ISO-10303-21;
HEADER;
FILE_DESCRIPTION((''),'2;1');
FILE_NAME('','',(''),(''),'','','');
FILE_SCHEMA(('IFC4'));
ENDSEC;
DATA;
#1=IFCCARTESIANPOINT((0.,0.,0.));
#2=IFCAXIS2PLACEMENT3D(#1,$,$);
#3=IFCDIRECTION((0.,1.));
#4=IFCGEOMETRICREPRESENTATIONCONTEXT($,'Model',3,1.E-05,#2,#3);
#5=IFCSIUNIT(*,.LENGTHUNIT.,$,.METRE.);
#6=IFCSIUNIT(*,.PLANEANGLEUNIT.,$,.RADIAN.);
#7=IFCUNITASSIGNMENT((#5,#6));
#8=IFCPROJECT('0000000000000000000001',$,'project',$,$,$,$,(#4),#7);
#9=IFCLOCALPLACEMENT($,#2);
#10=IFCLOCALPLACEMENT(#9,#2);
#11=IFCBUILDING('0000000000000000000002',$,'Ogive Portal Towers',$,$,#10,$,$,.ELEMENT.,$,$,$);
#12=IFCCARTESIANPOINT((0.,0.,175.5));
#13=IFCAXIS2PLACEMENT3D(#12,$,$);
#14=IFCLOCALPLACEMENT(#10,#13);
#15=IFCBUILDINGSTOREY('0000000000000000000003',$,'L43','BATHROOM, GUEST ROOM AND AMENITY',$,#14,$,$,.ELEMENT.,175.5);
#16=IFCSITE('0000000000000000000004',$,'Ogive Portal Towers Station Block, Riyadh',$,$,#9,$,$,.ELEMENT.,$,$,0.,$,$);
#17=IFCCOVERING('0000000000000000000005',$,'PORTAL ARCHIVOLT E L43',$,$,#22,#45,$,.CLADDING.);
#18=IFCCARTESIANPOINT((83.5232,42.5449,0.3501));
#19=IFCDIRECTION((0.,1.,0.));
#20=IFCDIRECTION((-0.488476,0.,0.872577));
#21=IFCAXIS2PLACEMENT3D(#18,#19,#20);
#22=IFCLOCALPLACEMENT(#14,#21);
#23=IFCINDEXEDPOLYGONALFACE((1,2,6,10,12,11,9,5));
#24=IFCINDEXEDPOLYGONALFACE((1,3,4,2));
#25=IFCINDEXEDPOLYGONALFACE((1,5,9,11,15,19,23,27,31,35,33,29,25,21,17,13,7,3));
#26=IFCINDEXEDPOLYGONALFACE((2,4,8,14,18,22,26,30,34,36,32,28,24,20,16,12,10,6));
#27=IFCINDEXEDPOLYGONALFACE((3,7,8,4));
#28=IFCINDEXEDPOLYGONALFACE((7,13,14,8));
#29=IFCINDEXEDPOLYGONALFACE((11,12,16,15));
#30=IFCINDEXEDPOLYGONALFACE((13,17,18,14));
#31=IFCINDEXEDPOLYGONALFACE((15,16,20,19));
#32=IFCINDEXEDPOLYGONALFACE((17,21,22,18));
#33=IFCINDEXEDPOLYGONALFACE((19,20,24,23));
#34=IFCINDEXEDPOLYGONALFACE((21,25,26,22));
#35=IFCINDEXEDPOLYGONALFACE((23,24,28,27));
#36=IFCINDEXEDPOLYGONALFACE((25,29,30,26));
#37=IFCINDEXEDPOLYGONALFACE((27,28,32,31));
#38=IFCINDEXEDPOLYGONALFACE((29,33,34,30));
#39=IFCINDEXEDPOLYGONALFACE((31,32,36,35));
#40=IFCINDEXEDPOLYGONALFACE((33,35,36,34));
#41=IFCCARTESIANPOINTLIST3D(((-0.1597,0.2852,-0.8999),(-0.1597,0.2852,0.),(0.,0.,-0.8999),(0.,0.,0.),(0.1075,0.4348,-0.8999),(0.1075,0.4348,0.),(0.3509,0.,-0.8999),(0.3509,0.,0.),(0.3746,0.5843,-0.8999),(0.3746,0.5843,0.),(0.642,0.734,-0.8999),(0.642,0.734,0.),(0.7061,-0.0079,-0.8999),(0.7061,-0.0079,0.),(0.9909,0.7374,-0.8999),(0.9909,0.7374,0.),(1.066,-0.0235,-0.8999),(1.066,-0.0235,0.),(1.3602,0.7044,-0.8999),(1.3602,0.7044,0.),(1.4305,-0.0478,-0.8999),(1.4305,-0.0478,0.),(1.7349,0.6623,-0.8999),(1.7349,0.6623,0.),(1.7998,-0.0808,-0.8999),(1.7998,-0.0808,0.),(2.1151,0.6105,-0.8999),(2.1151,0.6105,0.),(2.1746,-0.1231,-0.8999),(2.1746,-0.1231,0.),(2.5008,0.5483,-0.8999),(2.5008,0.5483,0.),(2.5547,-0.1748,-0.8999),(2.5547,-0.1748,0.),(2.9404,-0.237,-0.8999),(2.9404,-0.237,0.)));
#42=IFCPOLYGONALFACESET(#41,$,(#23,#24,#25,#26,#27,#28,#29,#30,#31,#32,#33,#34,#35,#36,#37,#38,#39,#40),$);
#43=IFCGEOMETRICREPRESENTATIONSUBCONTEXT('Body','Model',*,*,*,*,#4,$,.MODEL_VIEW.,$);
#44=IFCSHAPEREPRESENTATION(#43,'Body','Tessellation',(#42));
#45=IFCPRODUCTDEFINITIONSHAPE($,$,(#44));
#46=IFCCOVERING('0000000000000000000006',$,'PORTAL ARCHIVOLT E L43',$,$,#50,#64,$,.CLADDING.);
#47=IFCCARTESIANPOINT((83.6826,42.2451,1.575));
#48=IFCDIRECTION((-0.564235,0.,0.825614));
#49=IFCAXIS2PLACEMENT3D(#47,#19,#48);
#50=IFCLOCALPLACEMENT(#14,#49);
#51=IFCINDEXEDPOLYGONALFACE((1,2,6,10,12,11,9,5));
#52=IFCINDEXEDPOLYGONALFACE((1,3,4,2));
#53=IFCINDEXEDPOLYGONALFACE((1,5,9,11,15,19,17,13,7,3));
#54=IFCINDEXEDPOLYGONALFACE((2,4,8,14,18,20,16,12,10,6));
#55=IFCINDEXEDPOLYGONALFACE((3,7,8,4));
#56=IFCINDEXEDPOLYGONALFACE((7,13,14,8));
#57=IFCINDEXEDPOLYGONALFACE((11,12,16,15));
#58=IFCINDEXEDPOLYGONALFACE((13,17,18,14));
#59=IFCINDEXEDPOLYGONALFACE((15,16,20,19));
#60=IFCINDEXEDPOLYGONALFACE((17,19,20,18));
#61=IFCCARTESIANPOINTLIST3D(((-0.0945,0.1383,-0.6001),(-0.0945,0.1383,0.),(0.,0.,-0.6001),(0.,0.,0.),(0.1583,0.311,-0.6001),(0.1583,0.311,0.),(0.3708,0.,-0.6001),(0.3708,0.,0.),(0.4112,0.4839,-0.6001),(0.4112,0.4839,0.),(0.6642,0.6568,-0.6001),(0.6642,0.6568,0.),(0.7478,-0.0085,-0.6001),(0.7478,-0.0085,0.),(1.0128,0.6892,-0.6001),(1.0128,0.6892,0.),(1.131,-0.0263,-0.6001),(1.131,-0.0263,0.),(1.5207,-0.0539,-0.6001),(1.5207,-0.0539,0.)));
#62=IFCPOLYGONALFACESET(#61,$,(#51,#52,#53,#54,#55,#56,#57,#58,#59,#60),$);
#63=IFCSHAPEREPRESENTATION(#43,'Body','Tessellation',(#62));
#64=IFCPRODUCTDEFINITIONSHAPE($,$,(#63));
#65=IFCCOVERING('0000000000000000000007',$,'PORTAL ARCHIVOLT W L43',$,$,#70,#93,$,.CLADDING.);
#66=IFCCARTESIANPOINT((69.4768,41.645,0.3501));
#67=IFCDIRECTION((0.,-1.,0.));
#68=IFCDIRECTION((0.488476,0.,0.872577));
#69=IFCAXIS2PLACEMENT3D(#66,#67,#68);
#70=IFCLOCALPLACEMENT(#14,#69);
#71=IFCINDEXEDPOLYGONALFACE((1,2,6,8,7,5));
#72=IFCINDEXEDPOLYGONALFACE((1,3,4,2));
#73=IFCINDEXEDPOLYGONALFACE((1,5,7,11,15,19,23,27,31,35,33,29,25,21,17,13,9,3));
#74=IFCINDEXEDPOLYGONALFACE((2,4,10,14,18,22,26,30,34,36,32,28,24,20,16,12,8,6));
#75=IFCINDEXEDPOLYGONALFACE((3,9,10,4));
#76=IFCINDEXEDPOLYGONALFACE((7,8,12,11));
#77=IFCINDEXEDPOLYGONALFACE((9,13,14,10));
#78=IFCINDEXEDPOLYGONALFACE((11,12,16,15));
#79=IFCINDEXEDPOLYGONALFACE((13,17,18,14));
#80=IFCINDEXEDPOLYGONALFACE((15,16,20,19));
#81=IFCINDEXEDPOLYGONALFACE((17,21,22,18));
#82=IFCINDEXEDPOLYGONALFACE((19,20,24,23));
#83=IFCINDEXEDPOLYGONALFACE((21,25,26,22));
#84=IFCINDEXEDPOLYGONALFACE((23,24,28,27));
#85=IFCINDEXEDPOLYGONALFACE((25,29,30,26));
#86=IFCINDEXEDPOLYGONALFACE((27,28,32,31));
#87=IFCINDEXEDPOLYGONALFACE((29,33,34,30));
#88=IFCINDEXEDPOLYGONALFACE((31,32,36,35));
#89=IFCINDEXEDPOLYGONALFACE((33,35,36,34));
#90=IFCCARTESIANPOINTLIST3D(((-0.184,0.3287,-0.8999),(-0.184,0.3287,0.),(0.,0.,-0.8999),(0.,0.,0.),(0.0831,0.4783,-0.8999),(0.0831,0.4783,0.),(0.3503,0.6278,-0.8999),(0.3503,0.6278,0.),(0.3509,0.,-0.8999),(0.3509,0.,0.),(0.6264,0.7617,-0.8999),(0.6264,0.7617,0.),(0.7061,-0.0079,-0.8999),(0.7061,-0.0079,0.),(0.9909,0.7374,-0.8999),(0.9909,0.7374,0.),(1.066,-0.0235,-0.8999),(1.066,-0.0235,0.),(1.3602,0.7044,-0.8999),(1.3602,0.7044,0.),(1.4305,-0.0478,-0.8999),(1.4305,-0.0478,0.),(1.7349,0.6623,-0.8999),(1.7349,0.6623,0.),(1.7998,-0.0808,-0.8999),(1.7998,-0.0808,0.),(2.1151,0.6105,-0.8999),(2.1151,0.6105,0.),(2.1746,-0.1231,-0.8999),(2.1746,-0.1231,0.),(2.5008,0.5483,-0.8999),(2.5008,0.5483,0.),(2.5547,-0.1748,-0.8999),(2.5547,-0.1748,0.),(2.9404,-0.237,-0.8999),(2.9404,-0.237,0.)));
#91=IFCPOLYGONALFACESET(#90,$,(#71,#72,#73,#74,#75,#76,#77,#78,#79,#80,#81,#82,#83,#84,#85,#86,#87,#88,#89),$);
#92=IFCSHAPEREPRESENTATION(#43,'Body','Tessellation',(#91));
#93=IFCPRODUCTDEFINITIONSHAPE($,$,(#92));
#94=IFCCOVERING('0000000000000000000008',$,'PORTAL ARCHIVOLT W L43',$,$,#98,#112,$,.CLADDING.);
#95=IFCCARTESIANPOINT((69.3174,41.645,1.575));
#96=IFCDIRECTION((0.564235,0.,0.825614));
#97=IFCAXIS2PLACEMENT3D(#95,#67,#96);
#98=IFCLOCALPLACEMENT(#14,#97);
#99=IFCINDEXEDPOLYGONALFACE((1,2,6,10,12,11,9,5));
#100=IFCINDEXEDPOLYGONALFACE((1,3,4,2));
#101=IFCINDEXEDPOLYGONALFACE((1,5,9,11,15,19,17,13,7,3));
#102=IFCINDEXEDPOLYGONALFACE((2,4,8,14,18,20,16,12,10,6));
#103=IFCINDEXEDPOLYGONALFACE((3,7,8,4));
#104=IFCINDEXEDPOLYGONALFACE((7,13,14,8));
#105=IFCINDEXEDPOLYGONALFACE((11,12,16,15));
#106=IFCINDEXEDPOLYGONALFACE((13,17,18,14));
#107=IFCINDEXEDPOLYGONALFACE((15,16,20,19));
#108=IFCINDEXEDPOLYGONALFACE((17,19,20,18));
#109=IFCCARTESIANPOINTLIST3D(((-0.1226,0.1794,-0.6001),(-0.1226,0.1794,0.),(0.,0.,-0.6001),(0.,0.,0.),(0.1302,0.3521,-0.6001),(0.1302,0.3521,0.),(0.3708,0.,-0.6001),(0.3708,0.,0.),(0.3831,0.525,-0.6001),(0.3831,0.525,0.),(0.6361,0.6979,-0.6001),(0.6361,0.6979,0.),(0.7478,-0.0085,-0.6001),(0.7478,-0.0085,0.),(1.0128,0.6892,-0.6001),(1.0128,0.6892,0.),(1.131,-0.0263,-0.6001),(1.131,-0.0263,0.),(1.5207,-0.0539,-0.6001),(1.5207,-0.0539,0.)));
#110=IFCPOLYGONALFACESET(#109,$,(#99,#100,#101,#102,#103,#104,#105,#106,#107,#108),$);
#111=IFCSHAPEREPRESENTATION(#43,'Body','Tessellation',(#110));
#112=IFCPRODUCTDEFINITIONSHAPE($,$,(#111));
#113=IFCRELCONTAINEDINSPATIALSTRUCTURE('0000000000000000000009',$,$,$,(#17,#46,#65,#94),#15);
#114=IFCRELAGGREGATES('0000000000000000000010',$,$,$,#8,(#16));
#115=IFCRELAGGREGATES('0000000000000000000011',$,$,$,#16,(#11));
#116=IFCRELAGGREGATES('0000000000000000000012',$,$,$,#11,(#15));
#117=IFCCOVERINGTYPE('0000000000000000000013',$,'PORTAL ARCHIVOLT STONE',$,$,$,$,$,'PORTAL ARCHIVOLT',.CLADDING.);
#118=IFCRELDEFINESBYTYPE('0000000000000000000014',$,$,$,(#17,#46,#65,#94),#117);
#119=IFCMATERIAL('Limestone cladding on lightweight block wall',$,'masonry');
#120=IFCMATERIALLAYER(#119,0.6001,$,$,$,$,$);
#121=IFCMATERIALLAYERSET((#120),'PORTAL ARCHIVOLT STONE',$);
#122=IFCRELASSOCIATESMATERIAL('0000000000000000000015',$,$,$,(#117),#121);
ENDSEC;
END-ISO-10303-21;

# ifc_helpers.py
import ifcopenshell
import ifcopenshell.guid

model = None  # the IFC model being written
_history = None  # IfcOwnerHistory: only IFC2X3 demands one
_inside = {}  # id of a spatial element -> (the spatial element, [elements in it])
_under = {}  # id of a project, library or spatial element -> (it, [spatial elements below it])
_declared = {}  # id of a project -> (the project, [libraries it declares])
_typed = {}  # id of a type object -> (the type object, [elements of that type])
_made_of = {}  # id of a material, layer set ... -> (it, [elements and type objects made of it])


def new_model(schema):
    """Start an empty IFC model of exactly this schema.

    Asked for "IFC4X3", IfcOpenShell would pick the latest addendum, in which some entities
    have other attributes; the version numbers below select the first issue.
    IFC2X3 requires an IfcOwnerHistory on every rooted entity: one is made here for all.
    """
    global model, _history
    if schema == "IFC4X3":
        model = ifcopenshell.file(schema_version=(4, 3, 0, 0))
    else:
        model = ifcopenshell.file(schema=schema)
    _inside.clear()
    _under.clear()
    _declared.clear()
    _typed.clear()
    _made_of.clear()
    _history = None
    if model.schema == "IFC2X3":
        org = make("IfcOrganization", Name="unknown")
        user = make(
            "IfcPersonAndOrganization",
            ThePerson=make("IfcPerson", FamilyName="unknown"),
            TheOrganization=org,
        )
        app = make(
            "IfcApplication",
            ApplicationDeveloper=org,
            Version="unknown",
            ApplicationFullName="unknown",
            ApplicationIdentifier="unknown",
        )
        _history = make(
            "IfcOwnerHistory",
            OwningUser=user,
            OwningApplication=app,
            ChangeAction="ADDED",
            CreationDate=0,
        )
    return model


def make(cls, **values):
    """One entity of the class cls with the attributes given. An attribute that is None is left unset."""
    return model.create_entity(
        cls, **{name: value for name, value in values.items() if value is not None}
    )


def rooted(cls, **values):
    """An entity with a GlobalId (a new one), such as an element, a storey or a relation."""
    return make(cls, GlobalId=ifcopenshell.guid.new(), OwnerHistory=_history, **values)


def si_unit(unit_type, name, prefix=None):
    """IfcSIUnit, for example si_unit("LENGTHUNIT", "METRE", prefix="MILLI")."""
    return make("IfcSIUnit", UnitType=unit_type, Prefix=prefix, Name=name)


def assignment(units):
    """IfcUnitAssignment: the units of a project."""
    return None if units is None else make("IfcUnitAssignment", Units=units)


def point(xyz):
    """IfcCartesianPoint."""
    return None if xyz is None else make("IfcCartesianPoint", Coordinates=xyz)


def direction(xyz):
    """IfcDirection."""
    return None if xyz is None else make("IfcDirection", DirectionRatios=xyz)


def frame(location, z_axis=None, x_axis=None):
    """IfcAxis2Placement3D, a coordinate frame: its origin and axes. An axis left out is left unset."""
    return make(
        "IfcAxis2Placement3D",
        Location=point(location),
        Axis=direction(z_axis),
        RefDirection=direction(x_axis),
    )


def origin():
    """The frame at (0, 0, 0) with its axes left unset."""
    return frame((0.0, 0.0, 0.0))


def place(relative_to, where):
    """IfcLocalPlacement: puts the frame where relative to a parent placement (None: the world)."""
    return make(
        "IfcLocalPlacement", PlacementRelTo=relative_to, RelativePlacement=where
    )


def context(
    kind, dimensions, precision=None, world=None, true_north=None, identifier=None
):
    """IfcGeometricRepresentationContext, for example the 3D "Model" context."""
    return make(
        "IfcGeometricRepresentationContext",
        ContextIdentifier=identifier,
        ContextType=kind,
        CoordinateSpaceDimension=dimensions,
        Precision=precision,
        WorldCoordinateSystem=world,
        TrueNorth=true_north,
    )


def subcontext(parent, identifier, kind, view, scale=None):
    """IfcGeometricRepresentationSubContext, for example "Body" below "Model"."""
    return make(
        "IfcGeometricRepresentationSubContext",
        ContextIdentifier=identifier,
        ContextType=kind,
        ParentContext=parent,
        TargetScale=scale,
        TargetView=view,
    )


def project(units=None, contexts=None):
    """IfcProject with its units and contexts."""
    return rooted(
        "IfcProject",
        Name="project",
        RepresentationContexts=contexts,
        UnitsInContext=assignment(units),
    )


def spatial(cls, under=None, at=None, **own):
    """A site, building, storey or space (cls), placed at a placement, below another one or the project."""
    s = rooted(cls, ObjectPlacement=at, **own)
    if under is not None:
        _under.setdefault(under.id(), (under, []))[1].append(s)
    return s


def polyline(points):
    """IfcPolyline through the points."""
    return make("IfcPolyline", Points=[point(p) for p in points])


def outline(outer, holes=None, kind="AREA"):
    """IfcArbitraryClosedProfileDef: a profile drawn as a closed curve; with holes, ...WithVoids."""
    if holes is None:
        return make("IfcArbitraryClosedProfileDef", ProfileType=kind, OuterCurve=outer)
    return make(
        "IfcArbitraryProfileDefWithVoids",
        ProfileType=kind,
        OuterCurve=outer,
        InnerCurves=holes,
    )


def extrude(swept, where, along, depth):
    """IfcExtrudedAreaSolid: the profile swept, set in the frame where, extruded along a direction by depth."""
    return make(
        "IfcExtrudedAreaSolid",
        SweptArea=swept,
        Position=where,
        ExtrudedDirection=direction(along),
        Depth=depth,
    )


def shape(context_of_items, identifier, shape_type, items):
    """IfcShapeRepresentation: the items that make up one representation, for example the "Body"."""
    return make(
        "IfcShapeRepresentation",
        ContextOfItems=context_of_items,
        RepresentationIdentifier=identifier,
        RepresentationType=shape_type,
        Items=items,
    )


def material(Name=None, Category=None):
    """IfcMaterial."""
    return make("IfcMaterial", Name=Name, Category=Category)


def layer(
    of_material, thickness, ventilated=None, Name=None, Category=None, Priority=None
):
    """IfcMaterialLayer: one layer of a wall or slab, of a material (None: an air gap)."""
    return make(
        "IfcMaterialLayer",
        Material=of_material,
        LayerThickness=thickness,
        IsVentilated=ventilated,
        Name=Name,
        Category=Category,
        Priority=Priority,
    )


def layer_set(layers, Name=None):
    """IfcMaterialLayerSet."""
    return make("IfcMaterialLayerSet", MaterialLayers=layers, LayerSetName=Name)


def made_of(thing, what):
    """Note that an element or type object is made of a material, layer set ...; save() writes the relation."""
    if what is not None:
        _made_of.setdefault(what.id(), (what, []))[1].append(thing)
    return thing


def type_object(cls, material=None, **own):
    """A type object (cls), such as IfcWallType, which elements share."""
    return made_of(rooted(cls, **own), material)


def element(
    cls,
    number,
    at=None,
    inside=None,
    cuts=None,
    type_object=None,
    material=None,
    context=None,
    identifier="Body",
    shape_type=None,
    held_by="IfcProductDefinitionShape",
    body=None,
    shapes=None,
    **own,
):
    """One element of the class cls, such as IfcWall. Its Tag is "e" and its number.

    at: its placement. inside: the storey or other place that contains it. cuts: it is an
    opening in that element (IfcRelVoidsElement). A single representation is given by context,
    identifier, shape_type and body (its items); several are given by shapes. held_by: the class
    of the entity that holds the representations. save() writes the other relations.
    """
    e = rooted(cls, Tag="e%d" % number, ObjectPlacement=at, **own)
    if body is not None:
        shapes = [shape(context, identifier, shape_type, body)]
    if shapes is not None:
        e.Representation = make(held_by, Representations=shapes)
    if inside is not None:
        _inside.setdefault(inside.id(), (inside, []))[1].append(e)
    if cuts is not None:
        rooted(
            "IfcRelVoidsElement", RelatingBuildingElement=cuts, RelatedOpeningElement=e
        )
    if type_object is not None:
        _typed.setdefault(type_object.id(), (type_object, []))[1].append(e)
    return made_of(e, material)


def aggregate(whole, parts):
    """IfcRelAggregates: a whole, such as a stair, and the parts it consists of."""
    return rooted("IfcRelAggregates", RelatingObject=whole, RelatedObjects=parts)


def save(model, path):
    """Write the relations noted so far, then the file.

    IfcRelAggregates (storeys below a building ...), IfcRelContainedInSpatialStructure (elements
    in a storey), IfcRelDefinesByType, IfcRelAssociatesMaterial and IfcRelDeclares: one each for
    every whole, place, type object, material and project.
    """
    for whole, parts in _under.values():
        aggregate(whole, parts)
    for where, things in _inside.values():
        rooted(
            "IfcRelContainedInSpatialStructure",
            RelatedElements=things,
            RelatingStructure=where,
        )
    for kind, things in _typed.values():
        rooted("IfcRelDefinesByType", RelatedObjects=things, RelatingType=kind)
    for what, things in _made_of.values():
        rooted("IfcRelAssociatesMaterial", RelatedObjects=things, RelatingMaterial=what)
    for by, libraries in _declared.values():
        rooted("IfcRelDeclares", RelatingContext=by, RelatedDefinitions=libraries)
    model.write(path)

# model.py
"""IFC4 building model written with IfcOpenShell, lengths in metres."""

from ifc_helpers import new_model, si_unit, direction, frame, origin, place, context, subcontext, project, spatial, polyline, outline, extrude, material, layer, layer_set, type_object, element, save


model = new_model("IFC4")

# Units and contexts
model_context = context("Model", 3, precision=1e-05, world=origin(), true_north=direction((0.0, 1.0)))
body_context = subcontext(model_context, "Body", "Model", "MODEL_VIEW")
ifc_project = project(units=[si_unit("LENGTHUNIT", "METRE"), si_unit("PLANEANGLEUNIT", "RADIAN")], contexts=[model_context])

# Site, building, storey
site_placement = place(None, origin())
site = spatial("IfcSite", under=ifc_project, at=site_placement, Name="Ogive Portal Towers Station Block, Riyadh", CompositionType="ELEMENT", RefElevation=0.0)
building_placement = place(site_placement, origin())
building = spatial("IfcBuilding", under=site, at=building_placement, Name="Ogive Portal Towers", CompositionType="ELEMENT")
storey_placement = place(building_placement, frame((0.0, 0.0, 175.5)))
storey = spatial("IfcBuildingStorey", under=building, at=storey_placement, Name="L43", Description="BATHROOM, GUEST ROOM AND AMENITY", CompositionType="ELEMENT", Elevation=175.5)

# Shared definitions
ifc_material_1 = material(Name="Limestone cladding on lightweight block wall", Category="masonry")

# Coverings
ifc_layer_1 = layer(ifc_material_1, 0.6001)
ifc_layer_set_1 = layer_set([ifc_layer_1], Name="PORTAL ARCHIVOLT STONE")
covering_type_1 = type_object("IfcCoveringType", Name="PORTAL ARCHIVOLT STONE", ElementType="PORTAL ARCHIVOLT", PredefinedType="CLADDING", material=ifc_layer_set_1)
covering_1_placement = place(storey_placement, frame((83.5232, 42.5449, 0.3501), z_axis=(0.0, 1.0, 0.0), x_axis=(-0.488476, 0.0, 0.872577)))
element("IfcCovering", 1, at=covering_1_placement, inside=storey, type_object=covering_type_1, Name="PORTAL ARCHIVOLT E L43", PredefinedType="CLADDING", context=body_context, shape_type="SweptSolid", body=[
    extrude(outline(polyline([(0.0, 0.0), (0.3509, 0.0), (0.7061, -0.0079), (1.066, -0.0235), (1.4305, -0.0478), (1.7998, -0.0808), (2.1746, -0.1231), (2.5547, -0.1748), (2.9404, -0.237), (2.5008, 0.5483), (2.1151, 0.6105), (1.7349, 0.6623), (1.3602, 0.7044), (0.9909, 0.7374), (0.642, 0.734), (0.3746, 0.5843), (0.1075, 0.4348), (-0.1597, 0.2852), (0.0, 0.0)])), origin(), (0.0, 0.0, -1.0), 0.8999),
])
covering_2_placement = place(storey_placement, frame((83.6826, 42.2451, 1.575), z_axis=(0.0, 1.0, 0.0), x_axis=(-0.564235, 0.0, 0.825614)))
element("IfcCovering", 2, at=covering_2_placement, inside=storey, type_object=covering_type_1, Name="PORTAL ARCHIVOLT E L43", PredefinedType="CLADDING", context=body_context, shape_type="SweptSolid", body=[
    extrude(outline(polyline([(0.0, 0.0), (0.3708, 0.0), (0.7478, -0.0085), (1.131, -0.0263), (1.5207, -0.0539), (1.0128, 0.6892), (0.6642, 0.6568), (0.4112, 0.4839), (0.1583, 0.311), (-0.0945, 0.1383), (0.0, 0.0)])), origin(), (0.0, 0.0, -1.0), 0.6001),
])
covering_3_placement = place(storey_placement, frame((69.4768, 41.645, 0.3501), z_axis=(0.0, -1.0, 0.0), x_axis=(0.488476, 0.0, 0.872577)))
element("IfcCovering", 3, at=covering_3_placement, inside=storey, type_object=covering_type_1, Name="PORTAL ARCHIVOLT W L43", PredefinedType="CLADDING", context=body_context, shape_type="SweptSolid", body=[
    extrude(outline(polyline([(0.0, 0.0), (0.3509, 0.0), (0.7061, -0.0079), (1.066, -0.0235), (1.4305, -0.0478), (1.7998, -0.0808), (2.1746, -0.1231), (2.5547, -0.1748), (2.9404, -0.237), (2.5008, 0.5483), (2.1151, 0.6105), (1.7349, 0.6623), (1.3602, 0.7044), (0.9909, 0.7374), (0.6264, 0.7617), (0.3503, 0.6278), (0.0831, 0.4783), (-0.184, 0.3287), (0.0, 0.0)])), origin(), (0.0, 0.0, -1.0), 0.8999),
])
covering_4_placement = place(storey_placement, frame((69.3174, 41.645, 1.575), z_axis=(0.0, -1.0, 0.0), x_axis=(0.564235, 0.0, 0.825614)))
element("IfcCovering", 4, at=covering_4_placement, inside=storey, type_object=covering_type_1, Name="PORTAL ARCHIVOLT W L43", PredefinedType="CLADDING", context=body_context, shape_type="SweptSolid", body=[
    extrude(outline(polyline([(0.0, 0.0), (0.3708, 0.0), (0.7478, -0.0085), (1.131, -0.0263), (1.5207, -0.0539), (1.0128, 0.6892), (0.6361, 0.6979), (0.3831, 0.525), (0.1302, 0.3521), (-0.1226, 0.1794), (0.0, 0.0)])), origin(), (0.0, 0.0, -1.0), 0.6001),
])

save(model, "model.ifc")
